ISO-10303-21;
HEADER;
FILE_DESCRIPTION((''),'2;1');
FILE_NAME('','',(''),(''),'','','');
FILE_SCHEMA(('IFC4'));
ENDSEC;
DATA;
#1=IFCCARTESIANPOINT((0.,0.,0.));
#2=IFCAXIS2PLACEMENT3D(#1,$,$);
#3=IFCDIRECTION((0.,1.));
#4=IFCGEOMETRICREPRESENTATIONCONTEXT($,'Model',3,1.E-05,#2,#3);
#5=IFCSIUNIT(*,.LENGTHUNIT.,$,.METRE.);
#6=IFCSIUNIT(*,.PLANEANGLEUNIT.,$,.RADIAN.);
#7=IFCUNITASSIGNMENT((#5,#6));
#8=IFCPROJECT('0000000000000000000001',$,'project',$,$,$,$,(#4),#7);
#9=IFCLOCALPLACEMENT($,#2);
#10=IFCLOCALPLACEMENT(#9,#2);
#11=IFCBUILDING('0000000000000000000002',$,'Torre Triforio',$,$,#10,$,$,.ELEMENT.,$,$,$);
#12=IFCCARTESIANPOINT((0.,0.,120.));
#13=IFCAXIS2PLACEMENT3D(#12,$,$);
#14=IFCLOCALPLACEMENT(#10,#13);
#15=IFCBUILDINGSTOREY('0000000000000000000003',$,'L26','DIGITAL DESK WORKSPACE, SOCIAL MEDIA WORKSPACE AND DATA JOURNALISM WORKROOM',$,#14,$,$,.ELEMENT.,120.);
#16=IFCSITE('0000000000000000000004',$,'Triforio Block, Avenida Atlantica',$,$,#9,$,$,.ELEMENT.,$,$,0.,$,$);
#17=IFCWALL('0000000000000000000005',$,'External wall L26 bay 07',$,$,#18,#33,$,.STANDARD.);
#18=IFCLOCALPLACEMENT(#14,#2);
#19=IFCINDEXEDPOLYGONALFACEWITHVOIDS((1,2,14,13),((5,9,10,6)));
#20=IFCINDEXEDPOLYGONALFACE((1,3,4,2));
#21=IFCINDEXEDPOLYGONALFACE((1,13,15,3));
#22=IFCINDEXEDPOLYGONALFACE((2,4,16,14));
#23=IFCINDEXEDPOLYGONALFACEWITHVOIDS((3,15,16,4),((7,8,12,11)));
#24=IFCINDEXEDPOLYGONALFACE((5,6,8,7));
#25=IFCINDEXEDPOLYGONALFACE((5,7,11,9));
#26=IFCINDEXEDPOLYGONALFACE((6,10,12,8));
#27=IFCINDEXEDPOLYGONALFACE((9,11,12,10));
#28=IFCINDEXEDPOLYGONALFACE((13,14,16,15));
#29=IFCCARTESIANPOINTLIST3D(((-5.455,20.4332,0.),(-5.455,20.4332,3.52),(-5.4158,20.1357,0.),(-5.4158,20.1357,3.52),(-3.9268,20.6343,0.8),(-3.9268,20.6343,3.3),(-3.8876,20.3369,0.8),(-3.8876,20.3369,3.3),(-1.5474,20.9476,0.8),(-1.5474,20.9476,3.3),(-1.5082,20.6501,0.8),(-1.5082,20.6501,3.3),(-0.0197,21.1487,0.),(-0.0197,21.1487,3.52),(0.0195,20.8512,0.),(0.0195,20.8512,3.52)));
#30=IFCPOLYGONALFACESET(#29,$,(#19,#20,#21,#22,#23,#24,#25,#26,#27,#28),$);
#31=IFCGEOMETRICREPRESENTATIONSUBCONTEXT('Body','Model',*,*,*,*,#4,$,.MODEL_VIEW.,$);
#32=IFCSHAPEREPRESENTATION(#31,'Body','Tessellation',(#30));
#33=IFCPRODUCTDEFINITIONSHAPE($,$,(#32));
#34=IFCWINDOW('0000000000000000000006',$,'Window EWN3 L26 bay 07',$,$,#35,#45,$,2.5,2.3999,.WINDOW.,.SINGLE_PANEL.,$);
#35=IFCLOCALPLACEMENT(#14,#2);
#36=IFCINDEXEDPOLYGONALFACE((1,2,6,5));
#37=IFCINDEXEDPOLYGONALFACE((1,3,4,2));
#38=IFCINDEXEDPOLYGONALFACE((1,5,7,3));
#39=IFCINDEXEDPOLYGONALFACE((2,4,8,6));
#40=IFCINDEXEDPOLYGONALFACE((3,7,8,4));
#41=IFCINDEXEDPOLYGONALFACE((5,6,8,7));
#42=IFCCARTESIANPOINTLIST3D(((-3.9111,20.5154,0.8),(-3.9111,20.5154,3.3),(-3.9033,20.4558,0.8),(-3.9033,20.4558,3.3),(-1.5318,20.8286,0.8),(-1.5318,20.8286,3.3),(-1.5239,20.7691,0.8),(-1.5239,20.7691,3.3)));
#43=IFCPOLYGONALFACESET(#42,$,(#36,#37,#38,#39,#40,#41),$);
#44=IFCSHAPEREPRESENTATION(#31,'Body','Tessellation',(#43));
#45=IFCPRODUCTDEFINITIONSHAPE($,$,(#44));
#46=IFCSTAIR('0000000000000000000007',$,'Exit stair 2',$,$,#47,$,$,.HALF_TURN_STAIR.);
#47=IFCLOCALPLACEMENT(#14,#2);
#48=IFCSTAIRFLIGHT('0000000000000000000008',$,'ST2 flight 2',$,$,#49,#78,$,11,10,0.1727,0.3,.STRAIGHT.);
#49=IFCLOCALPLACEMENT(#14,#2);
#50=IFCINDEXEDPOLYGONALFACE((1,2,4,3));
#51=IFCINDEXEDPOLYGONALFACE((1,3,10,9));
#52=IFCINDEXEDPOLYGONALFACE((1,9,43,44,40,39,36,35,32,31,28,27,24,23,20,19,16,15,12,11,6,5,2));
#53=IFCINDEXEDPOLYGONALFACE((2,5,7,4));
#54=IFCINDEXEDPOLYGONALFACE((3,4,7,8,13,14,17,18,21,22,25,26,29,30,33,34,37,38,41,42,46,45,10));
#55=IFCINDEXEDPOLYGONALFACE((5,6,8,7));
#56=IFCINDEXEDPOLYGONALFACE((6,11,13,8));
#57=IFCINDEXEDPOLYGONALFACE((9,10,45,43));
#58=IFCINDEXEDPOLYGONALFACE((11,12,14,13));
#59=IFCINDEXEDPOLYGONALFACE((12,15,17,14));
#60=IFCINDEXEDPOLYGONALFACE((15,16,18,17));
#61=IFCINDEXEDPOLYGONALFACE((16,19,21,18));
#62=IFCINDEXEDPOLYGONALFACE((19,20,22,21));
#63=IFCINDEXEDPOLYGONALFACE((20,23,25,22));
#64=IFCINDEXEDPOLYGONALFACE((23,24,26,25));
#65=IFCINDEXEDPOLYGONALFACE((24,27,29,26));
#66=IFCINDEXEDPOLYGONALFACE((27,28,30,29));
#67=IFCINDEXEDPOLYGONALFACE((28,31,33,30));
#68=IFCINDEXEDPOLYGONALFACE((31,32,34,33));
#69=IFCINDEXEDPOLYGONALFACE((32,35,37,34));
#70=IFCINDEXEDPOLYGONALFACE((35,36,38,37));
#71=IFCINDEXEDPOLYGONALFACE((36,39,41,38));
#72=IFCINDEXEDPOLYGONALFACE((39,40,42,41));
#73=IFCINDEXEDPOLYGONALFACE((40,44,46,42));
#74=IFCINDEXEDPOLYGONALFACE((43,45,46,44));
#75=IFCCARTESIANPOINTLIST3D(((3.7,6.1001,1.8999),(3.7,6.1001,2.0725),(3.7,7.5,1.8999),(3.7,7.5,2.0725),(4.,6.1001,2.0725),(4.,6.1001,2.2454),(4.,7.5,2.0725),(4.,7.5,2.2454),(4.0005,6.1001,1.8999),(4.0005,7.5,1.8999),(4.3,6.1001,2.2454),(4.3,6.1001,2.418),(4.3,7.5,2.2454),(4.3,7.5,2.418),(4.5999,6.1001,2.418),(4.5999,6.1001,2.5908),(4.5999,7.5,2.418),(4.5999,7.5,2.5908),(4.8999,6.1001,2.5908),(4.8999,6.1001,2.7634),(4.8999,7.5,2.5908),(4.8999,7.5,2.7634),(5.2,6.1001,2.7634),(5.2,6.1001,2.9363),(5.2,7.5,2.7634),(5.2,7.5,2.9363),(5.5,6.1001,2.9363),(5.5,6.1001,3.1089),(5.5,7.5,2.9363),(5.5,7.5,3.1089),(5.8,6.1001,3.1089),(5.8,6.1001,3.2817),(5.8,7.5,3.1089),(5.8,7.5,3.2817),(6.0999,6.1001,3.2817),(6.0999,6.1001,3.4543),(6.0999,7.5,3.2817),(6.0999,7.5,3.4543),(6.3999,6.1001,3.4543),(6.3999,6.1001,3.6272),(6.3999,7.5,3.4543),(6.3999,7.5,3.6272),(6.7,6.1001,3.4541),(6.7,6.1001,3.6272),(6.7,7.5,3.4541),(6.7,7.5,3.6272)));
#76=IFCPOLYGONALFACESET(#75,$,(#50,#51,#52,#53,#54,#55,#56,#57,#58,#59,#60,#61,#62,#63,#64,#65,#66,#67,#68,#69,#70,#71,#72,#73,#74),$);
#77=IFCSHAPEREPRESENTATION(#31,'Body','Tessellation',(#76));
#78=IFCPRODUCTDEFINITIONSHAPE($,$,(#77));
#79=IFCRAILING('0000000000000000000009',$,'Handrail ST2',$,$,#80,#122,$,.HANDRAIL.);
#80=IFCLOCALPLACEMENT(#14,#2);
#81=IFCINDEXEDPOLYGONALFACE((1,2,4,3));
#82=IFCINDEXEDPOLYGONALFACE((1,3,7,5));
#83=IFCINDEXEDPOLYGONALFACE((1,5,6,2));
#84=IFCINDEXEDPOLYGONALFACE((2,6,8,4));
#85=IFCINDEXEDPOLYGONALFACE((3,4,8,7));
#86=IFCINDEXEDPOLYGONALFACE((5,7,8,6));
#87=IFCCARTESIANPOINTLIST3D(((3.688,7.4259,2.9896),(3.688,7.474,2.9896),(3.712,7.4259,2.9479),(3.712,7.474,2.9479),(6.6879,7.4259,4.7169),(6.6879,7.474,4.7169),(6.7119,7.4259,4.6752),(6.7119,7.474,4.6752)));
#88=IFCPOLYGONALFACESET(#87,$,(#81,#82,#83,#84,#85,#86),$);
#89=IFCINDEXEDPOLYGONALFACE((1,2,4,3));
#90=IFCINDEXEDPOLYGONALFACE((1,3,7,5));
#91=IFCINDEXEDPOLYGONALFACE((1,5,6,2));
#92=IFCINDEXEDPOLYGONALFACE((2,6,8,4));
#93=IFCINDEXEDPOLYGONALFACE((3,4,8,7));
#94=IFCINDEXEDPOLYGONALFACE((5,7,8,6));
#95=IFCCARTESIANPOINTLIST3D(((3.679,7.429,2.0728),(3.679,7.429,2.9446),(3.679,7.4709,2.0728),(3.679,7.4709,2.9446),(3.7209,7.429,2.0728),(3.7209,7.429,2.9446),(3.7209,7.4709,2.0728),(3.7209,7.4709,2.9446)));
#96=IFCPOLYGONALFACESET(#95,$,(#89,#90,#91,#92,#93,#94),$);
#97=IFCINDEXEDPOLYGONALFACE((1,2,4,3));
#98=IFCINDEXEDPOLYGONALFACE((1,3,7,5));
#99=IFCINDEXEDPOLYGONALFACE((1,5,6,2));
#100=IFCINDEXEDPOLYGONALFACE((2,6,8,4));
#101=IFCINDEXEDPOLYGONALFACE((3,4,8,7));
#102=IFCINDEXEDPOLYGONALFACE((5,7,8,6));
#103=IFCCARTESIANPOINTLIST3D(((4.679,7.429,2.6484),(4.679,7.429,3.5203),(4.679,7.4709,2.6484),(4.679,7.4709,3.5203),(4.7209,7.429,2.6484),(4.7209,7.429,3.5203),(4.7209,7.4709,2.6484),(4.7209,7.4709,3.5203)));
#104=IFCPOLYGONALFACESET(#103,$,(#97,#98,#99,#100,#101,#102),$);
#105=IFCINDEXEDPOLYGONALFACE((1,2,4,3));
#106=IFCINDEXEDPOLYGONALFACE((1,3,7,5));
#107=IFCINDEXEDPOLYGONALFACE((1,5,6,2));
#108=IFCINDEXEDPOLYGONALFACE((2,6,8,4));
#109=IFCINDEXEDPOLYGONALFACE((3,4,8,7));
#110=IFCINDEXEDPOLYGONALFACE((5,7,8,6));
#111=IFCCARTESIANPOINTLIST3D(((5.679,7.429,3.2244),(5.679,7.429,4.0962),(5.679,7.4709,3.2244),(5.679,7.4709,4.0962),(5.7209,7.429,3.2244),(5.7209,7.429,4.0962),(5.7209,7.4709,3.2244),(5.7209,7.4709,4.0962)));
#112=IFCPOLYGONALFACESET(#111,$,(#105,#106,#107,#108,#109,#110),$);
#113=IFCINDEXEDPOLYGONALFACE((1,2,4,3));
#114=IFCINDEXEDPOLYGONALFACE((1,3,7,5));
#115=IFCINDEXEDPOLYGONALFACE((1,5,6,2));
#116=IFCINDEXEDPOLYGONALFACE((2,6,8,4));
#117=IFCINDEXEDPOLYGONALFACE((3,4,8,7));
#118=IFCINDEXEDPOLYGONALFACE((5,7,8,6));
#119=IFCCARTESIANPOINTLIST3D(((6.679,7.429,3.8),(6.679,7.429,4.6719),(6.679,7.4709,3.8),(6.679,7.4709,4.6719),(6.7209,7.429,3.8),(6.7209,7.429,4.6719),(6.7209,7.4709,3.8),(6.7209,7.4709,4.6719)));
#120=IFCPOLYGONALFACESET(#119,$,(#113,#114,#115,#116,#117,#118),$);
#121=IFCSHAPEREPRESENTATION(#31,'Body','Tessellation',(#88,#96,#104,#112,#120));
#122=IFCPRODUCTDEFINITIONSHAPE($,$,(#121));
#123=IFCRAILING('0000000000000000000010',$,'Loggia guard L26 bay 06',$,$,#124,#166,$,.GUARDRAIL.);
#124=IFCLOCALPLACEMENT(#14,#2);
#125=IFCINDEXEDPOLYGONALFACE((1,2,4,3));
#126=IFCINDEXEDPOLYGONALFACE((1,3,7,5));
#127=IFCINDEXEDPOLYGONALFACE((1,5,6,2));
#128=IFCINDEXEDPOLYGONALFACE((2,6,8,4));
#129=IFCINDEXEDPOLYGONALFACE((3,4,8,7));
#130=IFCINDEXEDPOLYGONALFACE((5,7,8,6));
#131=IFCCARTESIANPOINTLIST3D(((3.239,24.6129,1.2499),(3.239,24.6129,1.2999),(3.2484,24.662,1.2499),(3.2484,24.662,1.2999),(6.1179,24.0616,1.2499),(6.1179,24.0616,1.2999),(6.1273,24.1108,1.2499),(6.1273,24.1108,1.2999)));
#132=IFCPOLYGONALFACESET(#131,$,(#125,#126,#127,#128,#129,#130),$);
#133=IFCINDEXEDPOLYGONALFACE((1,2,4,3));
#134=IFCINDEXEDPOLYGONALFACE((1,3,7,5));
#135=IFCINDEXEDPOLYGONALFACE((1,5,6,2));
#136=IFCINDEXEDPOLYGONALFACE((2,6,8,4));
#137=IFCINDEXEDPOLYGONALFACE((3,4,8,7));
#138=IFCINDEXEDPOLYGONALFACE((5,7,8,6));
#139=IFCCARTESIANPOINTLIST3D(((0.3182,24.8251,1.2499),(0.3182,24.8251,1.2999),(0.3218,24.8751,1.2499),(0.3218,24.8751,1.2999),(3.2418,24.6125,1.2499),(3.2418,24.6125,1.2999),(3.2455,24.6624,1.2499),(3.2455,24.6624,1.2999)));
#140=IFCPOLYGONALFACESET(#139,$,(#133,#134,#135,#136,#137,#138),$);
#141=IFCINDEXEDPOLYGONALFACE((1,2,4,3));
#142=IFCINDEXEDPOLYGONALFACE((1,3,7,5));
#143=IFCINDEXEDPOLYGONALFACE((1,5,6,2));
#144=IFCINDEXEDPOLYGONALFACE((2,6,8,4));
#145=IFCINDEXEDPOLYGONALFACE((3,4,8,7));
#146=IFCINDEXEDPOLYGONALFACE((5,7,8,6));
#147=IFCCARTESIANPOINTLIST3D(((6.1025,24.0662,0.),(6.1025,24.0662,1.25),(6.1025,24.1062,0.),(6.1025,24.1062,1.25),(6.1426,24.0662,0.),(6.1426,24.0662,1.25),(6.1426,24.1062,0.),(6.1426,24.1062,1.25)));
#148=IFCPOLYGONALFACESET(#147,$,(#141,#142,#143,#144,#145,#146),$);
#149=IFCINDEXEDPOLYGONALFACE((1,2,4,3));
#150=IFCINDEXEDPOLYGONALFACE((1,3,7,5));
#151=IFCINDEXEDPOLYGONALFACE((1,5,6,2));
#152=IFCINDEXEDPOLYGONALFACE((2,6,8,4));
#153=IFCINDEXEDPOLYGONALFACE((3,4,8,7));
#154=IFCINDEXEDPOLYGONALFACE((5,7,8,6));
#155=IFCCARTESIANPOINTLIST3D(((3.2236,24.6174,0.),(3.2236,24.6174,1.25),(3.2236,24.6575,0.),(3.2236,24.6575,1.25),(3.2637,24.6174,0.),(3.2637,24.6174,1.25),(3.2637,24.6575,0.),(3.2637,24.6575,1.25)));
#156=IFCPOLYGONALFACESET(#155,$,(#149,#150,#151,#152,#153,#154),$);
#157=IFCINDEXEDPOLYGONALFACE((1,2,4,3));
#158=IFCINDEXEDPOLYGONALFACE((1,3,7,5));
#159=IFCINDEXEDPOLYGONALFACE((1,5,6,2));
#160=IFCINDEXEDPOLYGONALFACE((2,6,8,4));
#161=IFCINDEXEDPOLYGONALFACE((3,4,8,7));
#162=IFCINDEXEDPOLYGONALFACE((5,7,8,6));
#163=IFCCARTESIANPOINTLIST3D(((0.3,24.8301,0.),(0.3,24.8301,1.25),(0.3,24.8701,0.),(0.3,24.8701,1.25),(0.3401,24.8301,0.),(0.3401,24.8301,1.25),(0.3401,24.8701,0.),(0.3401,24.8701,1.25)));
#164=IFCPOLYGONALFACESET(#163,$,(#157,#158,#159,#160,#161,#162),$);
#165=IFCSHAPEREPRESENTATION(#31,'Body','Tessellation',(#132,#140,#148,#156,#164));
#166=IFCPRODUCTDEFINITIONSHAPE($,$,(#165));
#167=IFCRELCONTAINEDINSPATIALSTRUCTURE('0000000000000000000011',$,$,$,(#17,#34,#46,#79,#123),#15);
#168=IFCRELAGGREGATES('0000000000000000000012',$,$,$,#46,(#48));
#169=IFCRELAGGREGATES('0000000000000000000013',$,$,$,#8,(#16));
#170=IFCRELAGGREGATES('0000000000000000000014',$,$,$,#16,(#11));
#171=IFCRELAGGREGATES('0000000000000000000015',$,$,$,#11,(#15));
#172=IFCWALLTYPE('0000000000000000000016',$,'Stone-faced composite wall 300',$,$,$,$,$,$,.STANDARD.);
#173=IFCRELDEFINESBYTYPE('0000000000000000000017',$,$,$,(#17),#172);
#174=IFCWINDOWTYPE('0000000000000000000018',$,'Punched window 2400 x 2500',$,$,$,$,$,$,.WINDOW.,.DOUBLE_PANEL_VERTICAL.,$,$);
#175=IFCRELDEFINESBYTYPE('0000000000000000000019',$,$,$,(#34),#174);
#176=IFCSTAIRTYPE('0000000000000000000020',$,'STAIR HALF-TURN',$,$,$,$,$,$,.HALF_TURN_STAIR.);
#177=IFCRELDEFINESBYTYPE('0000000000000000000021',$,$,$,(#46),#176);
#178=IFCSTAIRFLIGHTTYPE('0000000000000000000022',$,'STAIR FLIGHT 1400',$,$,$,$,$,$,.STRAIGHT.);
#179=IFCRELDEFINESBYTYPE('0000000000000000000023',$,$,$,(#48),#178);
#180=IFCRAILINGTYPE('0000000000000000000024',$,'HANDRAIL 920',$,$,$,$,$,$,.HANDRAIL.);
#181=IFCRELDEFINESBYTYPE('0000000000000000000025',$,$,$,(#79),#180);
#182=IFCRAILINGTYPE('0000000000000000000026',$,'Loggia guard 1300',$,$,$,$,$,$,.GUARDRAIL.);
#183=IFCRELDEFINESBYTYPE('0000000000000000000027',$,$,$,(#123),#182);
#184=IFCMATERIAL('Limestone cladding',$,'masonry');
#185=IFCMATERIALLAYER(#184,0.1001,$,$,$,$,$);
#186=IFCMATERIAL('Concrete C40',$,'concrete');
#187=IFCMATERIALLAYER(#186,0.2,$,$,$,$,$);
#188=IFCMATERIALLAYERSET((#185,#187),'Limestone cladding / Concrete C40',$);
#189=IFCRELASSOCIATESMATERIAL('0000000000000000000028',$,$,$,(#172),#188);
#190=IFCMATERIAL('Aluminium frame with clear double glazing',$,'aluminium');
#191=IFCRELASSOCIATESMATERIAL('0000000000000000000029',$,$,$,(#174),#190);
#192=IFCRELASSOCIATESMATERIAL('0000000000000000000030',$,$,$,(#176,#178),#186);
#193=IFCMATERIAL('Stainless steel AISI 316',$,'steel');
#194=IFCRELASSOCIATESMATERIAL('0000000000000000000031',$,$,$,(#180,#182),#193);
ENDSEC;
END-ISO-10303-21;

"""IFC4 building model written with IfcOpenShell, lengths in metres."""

from ifc_helpers import new_model, si_unit, direction, frame, frame_2d, origin, origin_2d, place, context, subcontext, project, spatial, polyline, rectangle, outline, extrude, material, layer, layer_set, type_object, element, fill, aggregate, save


model = new_model("IFC4")

# Units and contexts
model_context = context("Model", 3, precision=1e-05, world=origin(), true_north=direction((0.0, 1.0)))
body_context = subcontext(model_context, "Body", "Model", "MODEL_VIEW")
ifc_project = project(units=[si_unit("LENGTHUNIT", "METRE"), si_unit("PLANEANGLEUNIT", "RADIAN")], contexts=[model_context])

# Site, building, storey
site_placement = place(None, origin())
site = spatial("IfcSite", under=ifc_project, at=site_placement, Name="Triforio Block, Avenida Atlantica", CompositionType="ELEMENT", RefElevation=0.0)
building_placement = place(site_placement, origin())
building = spatial("IfcBuilding", under=site, at=building_placement, Name="Torre Triforio", CompositionType="ELEMENT")
storey_placement = place(building_placement, frame((0.0, 0.0, 120.0)))
storey = spatial("IfcBuildingStorey", under=building, at=storey_placement, Name="L26", Description="DIGITAL DESK WORKSPACE, SOCIAL MEDIA WORKSPACE AND DATA JOURNALISM WORKROOM", CompositionType="ELEMENT", Elevation=120.0)

# Shared definitions
ifc_material_1 = material(Name="Limestone cladding", Category="masonry")
ifc_layer_1 = layer(ifc_material_1, 0.1001)
ifc_material_2 = material(Name="Concrete C40", Category="concrete")
ifc_layer_2 = layer(ifc_material_2, 0.2)
ifc_layer_set_1 = layer_set([ifc_layer_1, ifc_layer_2], Name="Limestone cladding / Concrete C40")
wall_type_1 = type_object("IfcWallType", Name="Stone-faced composite wall 300", PredefinedType="STANDARD", material=ifc_layer_set_1)
ifc_material_3 = material(Name="Aluminium frame with clear double glazing", Category="aluminium")

# Wall, opening, window
wall_1_placement = place(storey_placement, frame((0.0, 21.0, 0.0), z_axis=(0.0, 0.0, 1.0), x_axis=(-0.991445, -0.130527, 0.0)))
wall_1 = element("IfcWall", 1, at=wall_1_placement, inside=storey, type_object=wall_type_1, Name="External wall L26 bay 07", PredefinedType="STANDARD", context=body_context, shape_type="SweptSolid", body=[
    extrude(rectangle(XDim=5.4822, YDim=0.3, at=frame_2d((2.7412, 0.0))), origin(), (0.0, 0.0, 1.0), 3.52),
])
opening_1_placement = place(wall_1_placement, frame((1.541, 0.0, 0.8)))
opening_1 = element("IfcOpeningElement", 2, at=opening_1_placement, cuts=wall_1, PredefinedType="OPENING", context=body_context, shape_type="SweptSolid", body=[
    extrude(rectangle(XDim=2.3999, YDim=2.5, at=frame_2d((1.2, 1.25))), frame((0.0, 0.1599, 0.0), z_axis=(0.0, -1.0, 0.0), x_axis=(1.0, 0.0, 0.0)), (0.0, 0.0, 1.0), 0.3201),
])
window_type_1 = type_object("IfcWindowType", Name="Punched window 2400 x 2500", PartitioningType="DOUBLE_PANEL_VERTICAL", PredefinedType="WINDOW", material=ifc_material_3)
window_1_placement = place(opening_1_placement, origin())
window_1 = element("IfcWindow", 3, at=window_1_placement, inside=storey, type_object=window_type_1, Name="Window EWN3 L26 bay 07", OverallHeight=2.5, OverallWidth=2.3999, PartitioningType="SINGLE_PANEL", PredefinedType="WINDOW", context=body_context, shape_type="SweptSolid", body=[
    extrude(rectangle(XDim=2.3999, YDim=2.5, at=frame_2d((1.2, 1.25))), frame((0.0, 0.03, 0.0), z_axis=(0.0, -1.0, 0.0), x_axis=(1.0, 0.0, 0.0)), (0.0, 0.0, 1.0), 0.0601),
])
fill(opening_1, window_1)

# Stair, stair flight
stair_type = type_object("IfcStairType", Name="STAIR HALF-TURN", PredefinedType="HALF_TURN_STAIR", material=ifc_material_2)
stair_placement = place(storey_placement, origin())
stair = element("IfcStair", 4, at=stair_placement, inside=storey, type_object=stair_type, Name="Exit stair 2", PredefinedType="HALF_TURN_STAIR")
stair_flight_type = type_object("IfcStairFlightType", Name="STAIR FLIGHT 1400", PredefinedType="STRAIGHT", material=ifc_material_2)
stair_flight_placement = place(storey_placement, frame((3.7, 6.8, 1.8999), z_axis=(0.0, 0.0, 1.0), x_axis=(1.0, 0.0, 0.0)))
stair_flight = element("IfcStairFlight", 5, at=stair_flight_placement, type_object=stair_flight_type, Name="ST2 flight 2", NumberOfRisers=11, NumberOfTreads=10, PredefinedType="STRAIGHT", RiserHeight=0.1727, TreadLength=0.3, context=body_context, shape_type="SweptSolid", body=[
    extrude(outline(polyline([(0.0, 0.0), (0.0, 0.1726), (0.3, 0.1726), (0.3, 0.3455), (0.6001, 0.3455), (0.6001, 0.5181), (0.8999, 0.5181), (0.8999, 0.6909), (1.2, 0.6909), (1.2, 0.8635), (1.5, 0.8635), (1.5, 1.0364), (1.8, 1.0364), (1.8, 1.209), (2.1001, 1.209), (2.1001, 1.3818), (2.3999, 1.3818), (2.3999, 1.5544), (2.7, 1.5544), (2.7, 1.7273), (3.0, 1.7273), (3.0, 1.8999), (3.0, 1.5542), (0.3005, 0.0), (0.0, 0.0)])), frame((0.0, 0.7, 0.0), z_axis=(0.0, -1.0, 0.0), x_axis=(1.0, 0.0, 0.0)), (0.0, 0.0, 1.0), 1.3999),
])
aggregate(stair, [stair_flight])

# Railings
ifc_material_4 = material(Name="Stainless steel AISI 316", Category="steel")
railing_type_1 = type_object("IfcRailingType", Name="HANDRAIL 920", PredefinedType="HANDRAIL", material=ifc_material_4)
railing_1_placement = place(storey_placement, frame((3.7, 7.45, 2.0728)))
element("IfcRailing", 6, at=railing_1_placement, inside=storey, type_object=railing_type_1, Name="Handrail ST2", PredefinedType="HANDRAIL", context=body_context, shape_type="SweptSolid", body=[
    extrude(rectangle(XDim=0.0481, YDim=0.0481, at=origin_2d()), frame((0.0, 0.0, 0.896), z_axis=(0.86662, 0.0, 0.498969), x_axis=(0.0, 1.0, 0.0)), (0.0, 0.0, 1.0), 3.4617),
    extrude(rectangle(XDim=0.042, YDim=0.042, at=origin_2d()), origin(), (0.0, 0.0, 1.0), 0.8718),
    extrude(rectangle(XDim=0.042, YDim=0.042, at=origin_2d()), frame((1.0, 0.0, 0.5757)), (0.0, 0.0, 1.0), 0.8718),
    extrude(rectangle(XDim=0.042, YDim=0.042, at=origin_2d()), frame((2.0, 0.0, 1.1516)), (0.0, 0.0, 1.0), 0.8718),
    extrude(rectangle(XDim=0.042, YDim=0.042, at=origin_2d()), frame((3.0, 0.0, 1.7273)), (0.0, 0.0, 1.0), 0.8718),
])
railing_type_2 = type_object("IfcRailingType", Name="Loggia guard 1300", PredefinedType="GUARDRAIL", material=ifc_material_4)
railing_2_placement = place(storey_placement, frame((6.1226, 24.0862, 0.0)))
element("IfcRailing", 7, at=railing_2_placement, inside=storey, type_object=railing_type_2, Name="Loggia guard L26 bay 06", PredefinedType="GUARDRAIL", context=body_context, shape_type="SweptSolid", body=[
    extrude(rectangle(XDim=0.05, YDim=0.05, at=origin_2d()), frame((0.0, 0.0, 1.2749), z_axis=(-0.982156, 0.188069, 0.0), x_axis=(-0.188069, -0.982156, 0.0)), (0.0, 0.0, 1.0), 2.9312),
    extrude(rectangle(XDim=0.05, YDim=0.05, at=origin_2d()), frame((-2.8789, 0.5513, 1.2749), z_axis=(-0.997365, 0.072543, 0.0), x_axis=(-0.072543, -0.997365, 0.0)), (0.0, 0.0, 1.0), 2.9314),
    extrude(rectangle(XDim=0.04, YDim=0.04, at=origin_2d()), origin(), (0.0, 0.0, 1.0), 1.25),
    extrude(rectangle(XDim=0.04, YDim=0.04, at=origin_2d()), frame((-2.8789, 0.5513, 0.0)), (0.0, 0.0, 1.0), 1.25),
    extrude(rectangle(XDim=0.04, YDim=0.04, at=origin_2d()), frame((-5.8025, 0.7639, 0.0)), (0.0, 0.0, 1.0), 1.25),
])

save(model, "model.ifc")
